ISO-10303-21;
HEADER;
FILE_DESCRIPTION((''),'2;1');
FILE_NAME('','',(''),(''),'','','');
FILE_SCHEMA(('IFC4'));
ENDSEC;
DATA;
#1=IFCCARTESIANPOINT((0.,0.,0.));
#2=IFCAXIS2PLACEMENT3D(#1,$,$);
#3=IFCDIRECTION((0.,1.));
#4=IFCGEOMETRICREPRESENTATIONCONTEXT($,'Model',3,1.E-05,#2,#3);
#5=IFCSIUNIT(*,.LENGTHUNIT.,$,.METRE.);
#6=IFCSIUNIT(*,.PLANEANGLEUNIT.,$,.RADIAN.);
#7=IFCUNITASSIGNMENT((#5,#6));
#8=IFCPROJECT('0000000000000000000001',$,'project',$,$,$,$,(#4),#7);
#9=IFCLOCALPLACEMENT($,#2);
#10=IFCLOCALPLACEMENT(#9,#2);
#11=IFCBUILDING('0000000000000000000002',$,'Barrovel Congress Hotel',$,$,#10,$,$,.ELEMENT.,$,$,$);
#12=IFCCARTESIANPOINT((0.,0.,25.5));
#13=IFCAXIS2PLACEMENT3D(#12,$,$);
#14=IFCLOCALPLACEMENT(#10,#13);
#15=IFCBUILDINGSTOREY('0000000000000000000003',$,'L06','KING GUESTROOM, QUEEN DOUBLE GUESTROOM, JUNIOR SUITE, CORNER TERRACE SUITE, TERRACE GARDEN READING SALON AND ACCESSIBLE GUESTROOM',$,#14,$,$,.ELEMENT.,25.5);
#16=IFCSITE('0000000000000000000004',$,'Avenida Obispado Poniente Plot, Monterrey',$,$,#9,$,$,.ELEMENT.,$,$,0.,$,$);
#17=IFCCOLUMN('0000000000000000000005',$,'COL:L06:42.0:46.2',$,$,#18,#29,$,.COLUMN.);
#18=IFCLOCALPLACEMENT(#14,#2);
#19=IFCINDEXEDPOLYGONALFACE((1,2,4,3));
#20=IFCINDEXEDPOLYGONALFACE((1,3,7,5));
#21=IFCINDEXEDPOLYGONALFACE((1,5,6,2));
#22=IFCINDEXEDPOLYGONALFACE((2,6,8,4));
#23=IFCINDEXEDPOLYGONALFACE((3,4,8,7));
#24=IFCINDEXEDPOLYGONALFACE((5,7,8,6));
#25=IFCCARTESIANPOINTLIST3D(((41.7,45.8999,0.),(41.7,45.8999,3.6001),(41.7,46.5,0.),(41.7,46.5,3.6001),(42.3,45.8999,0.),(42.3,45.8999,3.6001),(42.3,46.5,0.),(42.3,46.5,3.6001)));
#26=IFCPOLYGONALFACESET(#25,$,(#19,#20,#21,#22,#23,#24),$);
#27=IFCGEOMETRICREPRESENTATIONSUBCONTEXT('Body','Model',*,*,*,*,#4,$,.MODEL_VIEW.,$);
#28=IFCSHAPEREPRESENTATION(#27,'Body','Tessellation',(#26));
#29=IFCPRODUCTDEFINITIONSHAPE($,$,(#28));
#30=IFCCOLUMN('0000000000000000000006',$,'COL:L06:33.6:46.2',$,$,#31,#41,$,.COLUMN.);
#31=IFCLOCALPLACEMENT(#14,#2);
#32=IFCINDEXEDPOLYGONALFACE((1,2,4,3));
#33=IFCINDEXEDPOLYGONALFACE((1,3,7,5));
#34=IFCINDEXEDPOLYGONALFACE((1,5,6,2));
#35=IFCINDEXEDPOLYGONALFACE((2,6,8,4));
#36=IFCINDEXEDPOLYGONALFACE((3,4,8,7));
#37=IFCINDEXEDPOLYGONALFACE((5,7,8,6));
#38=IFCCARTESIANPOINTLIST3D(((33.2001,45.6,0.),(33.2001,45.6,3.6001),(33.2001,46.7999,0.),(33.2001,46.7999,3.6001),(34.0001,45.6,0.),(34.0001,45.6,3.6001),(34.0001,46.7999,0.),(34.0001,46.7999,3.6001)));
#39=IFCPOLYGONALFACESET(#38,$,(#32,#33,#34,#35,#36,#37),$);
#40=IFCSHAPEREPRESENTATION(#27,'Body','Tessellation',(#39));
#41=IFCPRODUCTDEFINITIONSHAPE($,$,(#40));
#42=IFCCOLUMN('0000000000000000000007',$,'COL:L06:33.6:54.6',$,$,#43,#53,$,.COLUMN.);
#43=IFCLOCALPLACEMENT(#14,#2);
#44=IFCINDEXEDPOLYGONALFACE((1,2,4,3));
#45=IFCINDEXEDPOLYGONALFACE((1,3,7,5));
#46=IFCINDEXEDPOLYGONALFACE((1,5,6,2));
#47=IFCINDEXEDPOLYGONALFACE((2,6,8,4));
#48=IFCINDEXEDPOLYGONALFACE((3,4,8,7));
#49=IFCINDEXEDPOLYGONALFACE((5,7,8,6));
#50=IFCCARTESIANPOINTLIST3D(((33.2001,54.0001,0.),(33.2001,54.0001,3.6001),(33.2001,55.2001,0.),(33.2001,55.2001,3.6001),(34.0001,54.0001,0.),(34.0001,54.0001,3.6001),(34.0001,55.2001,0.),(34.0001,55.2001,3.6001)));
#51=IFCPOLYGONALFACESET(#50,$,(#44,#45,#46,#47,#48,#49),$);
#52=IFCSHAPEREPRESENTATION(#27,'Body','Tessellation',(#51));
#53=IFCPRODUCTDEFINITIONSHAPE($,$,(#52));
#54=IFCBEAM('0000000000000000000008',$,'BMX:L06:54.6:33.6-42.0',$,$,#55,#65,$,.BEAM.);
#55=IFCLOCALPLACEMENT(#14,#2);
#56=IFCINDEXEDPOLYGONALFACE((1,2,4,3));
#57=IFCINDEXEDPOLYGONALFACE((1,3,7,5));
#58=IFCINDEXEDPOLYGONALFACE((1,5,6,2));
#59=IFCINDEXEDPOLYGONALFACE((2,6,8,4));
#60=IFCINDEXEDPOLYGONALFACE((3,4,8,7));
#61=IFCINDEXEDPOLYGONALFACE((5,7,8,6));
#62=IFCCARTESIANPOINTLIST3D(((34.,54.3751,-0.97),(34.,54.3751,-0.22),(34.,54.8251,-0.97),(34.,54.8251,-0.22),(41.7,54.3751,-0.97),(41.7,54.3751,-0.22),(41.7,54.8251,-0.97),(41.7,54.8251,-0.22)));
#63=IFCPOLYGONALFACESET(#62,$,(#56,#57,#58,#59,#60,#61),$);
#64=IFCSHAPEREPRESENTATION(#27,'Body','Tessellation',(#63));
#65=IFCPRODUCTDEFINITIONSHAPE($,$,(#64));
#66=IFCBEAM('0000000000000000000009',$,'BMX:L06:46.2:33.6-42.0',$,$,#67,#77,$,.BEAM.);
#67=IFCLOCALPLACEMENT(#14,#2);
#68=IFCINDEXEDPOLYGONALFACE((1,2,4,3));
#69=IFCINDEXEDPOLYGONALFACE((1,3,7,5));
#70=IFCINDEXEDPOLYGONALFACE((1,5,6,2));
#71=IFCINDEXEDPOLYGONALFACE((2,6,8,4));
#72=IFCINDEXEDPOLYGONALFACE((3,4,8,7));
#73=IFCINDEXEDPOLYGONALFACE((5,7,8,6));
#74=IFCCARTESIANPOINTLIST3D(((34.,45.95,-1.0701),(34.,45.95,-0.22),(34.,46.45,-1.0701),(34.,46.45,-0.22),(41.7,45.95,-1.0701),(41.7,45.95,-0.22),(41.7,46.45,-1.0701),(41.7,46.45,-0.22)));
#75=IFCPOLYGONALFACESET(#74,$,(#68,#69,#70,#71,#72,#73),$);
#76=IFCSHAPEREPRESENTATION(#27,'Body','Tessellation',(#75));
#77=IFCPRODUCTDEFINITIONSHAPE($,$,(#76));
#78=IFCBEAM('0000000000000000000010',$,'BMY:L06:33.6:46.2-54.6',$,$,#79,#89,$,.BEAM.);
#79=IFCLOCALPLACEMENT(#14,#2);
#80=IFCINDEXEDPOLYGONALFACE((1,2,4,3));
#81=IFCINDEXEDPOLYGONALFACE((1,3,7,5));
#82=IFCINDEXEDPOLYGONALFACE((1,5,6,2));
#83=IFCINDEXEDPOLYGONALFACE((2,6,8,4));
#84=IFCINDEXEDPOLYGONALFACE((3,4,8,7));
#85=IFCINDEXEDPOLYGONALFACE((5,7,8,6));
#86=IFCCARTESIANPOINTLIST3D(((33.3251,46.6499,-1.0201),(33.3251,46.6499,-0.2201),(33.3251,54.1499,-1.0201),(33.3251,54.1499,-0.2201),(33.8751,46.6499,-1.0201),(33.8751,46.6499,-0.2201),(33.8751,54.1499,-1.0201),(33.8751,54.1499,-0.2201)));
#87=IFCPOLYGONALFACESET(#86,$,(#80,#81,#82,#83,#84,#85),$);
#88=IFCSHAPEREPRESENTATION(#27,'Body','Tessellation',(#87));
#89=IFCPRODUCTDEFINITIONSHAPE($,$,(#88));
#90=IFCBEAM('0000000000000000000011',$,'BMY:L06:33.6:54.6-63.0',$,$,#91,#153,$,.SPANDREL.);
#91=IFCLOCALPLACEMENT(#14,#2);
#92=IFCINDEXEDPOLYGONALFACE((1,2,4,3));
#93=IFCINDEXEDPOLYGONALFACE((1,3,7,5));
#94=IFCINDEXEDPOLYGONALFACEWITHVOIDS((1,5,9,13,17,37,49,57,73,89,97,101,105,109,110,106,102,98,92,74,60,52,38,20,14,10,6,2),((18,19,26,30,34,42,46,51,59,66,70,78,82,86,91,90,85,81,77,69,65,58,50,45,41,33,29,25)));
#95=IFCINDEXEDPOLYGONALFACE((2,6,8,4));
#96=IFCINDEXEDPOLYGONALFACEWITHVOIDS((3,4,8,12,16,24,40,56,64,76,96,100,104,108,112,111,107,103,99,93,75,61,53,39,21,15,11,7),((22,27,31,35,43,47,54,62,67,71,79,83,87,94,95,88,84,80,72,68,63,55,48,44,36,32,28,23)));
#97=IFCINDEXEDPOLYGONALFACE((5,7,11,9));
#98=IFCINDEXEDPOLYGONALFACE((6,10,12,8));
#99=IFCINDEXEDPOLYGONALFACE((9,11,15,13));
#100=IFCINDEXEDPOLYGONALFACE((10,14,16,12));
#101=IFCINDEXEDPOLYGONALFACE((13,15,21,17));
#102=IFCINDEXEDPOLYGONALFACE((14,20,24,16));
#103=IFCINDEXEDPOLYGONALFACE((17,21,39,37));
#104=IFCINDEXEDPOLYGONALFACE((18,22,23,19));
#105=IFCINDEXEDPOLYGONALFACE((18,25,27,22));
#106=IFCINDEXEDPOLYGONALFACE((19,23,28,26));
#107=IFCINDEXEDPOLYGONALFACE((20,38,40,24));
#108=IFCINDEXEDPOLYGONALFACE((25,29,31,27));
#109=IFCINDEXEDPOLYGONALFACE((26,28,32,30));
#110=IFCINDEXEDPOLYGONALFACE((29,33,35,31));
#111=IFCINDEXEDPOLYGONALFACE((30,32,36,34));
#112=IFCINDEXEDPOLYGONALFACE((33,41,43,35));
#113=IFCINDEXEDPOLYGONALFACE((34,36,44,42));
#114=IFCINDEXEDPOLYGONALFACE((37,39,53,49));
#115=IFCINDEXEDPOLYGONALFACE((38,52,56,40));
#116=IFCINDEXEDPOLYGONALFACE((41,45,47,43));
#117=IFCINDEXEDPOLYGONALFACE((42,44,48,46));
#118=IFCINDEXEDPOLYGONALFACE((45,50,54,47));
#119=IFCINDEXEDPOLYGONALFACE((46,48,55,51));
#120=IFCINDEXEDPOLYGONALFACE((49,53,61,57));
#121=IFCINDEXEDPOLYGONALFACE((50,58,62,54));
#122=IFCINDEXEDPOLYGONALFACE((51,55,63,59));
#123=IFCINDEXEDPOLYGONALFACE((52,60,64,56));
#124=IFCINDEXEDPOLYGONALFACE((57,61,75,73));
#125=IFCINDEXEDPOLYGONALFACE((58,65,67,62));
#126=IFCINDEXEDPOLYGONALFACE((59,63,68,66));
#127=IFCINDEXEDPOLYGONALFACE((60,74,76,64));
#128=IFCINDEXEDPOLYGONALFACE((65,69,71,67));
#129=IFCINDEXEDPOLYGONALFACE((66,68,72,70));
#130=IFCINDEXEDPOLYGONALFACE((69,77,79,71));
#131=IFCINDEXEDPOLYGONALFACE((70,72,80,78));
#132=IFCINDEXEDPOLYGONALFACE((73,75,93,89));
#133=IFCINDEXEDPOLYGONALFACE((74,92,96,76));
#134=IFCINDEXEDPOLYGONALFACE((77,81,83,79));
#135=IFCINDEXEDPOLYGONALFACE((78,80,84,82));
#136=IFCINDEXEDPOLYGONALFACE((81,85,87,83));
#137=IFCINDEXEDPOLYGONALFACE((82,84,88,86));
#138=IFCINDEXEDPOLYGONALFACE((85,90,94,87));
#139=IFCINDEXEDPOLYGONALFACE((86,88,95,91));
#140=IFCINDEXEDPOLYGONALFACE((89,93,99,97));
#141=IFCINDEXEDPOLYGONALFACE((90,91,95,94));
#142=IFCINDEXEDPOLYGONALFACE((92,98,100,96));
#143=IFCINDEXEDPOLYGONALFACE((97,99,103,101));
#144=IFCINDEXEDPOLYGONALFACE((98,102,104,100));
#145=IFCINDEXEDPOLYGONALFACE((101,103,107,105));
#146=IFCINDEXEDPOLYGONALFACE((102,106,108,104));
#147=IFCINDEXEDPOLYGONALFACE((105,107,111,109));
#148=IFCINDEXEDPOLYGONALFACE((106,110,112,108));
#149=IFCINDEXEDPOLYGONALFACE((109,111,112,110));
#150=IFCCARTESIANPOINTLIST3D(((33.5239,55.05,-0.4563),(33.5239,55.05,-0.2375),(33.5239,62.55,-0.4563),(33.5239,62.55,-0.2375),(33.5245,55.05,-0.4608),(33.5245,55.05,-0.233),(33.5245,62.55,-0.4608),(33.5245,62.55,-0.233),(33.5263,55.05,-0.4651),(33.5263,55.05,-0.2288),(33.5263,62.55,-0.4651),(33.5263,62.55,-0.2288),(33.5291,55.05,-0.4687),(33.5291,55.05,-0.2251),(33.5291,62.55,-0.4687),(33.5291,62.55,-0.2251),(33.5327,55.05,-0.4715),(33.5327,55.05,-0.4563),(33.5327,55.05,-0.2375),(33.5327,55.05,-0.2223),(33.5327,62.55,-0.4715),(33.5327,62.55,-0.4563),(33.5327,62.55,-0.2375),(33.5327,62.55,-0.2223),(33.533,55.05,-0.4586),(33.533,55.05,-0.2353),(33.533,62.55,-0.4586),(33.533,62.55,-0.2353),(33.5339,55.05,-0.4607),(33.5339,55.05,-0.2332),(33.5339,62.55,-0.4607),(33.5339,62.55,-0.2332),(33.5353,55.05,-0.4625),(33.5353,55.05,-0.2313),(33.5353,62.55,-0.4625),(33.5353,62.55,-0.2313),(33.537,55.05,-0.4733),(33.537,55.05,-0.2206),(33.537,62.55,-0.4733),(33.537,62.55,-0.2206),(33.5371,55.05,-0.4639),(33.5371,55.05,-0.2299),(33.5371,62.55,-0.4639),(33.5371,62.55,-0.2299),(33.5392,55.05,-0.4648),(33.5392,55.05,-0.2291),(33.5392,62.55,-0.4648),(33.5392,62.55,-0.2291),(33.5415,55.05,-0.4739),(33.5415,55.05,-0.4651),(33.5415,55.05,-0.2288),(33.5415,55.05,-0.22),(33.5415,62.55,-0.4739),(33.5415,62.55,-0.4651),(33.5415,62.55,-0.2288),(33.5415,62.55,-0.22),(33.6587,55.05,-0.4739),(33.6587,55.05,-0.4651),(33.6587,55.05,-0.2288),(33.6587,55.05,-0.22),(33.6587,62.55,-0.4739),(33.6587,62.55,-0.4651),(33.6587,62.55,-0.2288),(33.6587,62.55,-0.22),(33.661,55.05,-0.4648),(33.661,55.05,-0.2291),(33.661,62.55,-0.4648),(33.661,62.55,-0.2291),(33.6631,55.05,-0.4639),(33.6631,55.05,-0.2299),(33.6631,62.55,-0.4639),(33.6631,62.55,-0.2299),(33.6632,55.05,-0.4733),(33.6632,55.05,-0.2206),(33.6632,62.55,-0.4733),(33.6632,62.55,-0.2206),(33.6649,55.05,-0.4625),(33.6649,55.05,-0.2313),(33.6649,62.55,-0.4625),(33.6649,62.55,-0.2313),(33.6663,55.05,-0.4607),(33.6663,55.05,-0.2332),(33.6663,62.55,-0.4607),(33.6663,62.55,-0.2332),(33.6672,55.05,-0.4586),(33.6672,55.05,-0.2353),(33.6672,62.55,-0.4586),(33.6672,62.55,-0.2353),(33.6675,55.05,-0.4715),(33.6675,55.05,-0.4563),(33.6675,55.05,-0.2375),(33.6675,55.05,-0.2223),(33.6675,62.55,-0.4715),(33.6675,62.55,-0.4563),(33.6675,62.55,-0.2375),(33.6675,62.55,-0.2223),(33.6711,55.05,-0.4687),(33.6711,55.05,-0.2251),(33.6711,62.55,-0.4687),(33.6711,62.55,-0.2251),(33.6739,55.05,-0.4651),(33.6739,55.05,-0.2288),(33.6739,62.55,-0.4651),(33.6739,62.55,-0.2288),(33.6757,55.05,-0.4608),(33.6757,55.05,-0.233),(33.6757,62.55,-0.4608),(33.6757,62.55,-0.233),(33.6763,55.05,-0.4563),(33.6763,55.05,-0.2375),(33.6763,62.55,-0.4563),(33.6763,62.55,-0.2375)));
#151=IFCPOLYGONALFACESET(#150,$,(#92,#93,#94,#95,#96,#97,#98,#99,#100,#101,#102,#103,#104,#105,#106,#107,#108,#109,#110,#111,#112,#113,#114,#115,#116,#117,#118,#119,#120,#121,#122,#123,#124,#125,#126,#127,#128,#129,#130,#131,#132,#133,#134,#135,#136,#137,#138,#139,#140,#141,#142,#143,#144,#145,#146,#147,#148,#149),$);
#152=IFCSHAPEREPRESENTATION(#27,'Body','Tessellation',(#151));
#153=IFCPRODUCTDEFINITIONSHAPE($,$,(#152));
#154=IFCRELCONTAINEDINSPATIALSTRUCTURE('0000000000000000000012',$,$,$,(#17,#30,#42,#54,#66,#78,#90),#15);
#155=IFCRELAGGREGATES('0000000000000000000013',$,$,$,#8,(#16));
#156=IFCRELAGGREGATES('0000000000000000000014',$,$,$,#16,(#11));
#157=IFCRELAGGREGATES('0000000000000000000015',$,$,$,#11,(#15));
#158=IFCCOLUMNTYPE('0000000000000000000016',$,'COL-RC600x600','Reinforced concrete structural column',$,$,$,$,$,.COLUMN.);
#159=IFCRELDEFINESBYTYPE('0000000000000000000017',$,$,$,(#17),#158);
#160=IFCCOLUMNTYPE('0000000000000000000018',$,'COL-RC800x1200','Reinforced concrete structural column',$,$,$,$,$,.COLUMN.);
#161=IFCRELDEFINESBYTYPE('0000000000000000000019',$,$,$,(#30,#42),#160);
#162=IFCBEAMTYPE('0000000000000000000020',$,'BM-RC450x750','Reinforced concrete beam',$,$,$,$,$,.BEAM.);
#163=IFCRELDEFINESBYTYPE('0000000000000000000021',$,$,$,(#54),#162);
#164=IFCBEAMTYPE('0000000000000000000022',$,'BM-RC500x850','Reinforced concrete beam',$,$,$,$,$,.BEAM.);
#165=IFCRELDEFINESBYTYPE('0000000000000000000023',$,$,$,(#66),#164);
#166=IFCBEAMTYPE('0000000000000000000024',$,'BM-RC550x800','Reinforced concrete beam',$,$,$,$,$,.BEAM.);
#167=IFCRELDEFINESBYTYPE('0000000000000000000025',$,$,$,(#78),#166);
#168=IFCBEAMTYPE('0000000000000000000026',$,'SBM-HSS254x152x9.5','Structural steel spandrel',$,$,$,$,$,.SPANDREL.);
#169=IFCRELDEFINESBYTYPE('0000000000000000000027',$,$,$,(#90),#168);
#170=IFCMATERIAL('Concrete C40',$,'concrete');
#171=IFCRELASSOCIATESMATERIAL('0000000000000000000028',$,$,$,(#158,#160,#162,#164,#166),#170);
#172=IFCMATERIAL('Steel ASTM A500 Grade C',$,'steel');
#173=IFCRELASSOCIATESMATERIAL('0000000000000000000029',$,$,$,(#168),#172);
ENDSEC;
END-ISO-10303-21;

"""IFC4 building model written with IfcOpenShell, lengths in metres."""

from ifc_helpers import new_model, si_unit, direction, frame, origin, origin_2d, place, context, subcontext, project, spatial, rectangle, hollow_rectangle, extrude, material, material_profile, profile_set, type_object, element, save


model = new_model("IFC4")

# Units and contexts
model_context = context("Model", 3, precision=1e-05, world=origin(), true_north=direction((0.0, 1.0)))
body_context = subcontext(model_context, "Body", "Model", "MODEL_VIEW")
ifc_project = project(units=[si_unit("LENGTHUNIT", "METRE"), si_unit("PLANEANGLEUNIT", "RADIAN")], contexts=[model_context])

# Site, building, storey
site_placement = place(None, origin())
site = spatial("IfcSite", under=ifc_project, at=site_placement, Name="Avenida Obispado Poniente Plot, Monterrey", CompositionType="ELEMENT", RefElevation=0.0)
building_placement = place(site_placement, origin())
building = spatial("IfcBuilding", under=site, at=building_placement, Name="Barrovel Congress Hotel", CompositionType="ELEMENT")
storey_placement = place(building_placement, frame((0.0, 0.0, 25.5)))
storey = spatial("IfcBuildingStorey", under=building, at=storey_placement, Name="L06", Description="KING GUESTROOM, QUEEN DOUBLE GUESTROOM, JUNIOR SUITE, CORNER TERRACE SUITE, TERRACE GARDEN READING SALON AND ACCESSIBLE GUESTROOM", CompositionType="ELEMENT", Elevation=25.5)

# Columns
ifc_material_1 = material(Name="Concrete C40", Category="concrete")
ifc_material_profile_1 = material_profile(ifc_material_1, rectangle(XDim=0.6001, YDim=0.6001, at=origin_2d()), Name="RC600x600")
ifc_profile_set_1 = profile_set([ifc_material_profile_1], Name="Concrete C40")
column_type_1 = type_object("IfcColumnType", Name="COL-RC600x600", Description="Reinforced concrete structural column", PredefinedType="COLUMN", material=ifc_profile_set_1)
column_placement = place(storey_placement, frame((42.0, 46.2, 0.0), z_axis=(0.0, 0.0, 1.0), x_axis=(1.0, 0.0, 0.0)))
element("IfcColumn", 1, at=column_placement, inside=storey, type_object=column_type_1, Name="COL:L06:42.0:46.2", PredefinedType="COLUMN", context=body_context, shape_type="SweptSolid", body=[
    extrude(rectangle(XDim=0.6001, YDim=0.6001, at=origin_2d()), origin(), (0.0, 0.0, 1.0), 3.6001),
])
ifc_material_profile_2 = material_profile(ifc_material_1, rectangle(XDim=0.8, YDim=1.2, at=origin_2d()), Name="RC800x1200")
ifc_profile_set_2 = profile_set([ifc_material_profile_2], Name="Concrete C40")
column_type_2 = type_object("IfcColumnType", Name="COL-RC800x1200", Description="Reinforced concrete structural column", PredefinedType="COLUMN", material=ifc_profile_set_2)
for number, where, z_axis, x_axis, name in (
    (2, (33.6001, 46.2, 0.0), (0.0, 0.0, 1.0), (1.0, 0.0, 0.0), "COL:L06:33.6:46.2"),
    (3, (33.6001, 54.6001, 0.0), (0.0, 0.0, 1.0), (1.0, 0.0, 0.0), "COL:L06:33.6:54.6"),
):
    element("IfcColumn", number, at=place(storey_placement, frame(where, z_axis=z_axis, x_axis=x_axis)), inside=storey, type_object=column_type_2, Name=name, PredefinedType="COLUMN", context=body_context, shape_type="SweptSolid", body=[
        extrude(rectangle(XDim=0.8, YDim=1.2, at=origin_2d()), origin(), (0.0, 0.0, 1.0), 3.6001),
    ])

# Beams
ifc_material_profile_3 = material_profile(ifc_material_1, rectangle(XDim=0.45, YDim=0.75, at=origin_2d()), Name="RC450x750")
ifc_profile_set_3 = profile_set([ifc_material_profile_3], Name="Concrete C40")
beam_type_1 = type_object("IfcBeamType", Name="BM-RC450x750", Description="Reinforced concrete beam", PredefinedType="BEAM", material=ifc_profile_set_3)
beam_1_placement = place(storey_placement, frame((34.0, 54.6001, -0.595), z_axis=(1.0, 0.0, 0.0), x_axis=(0.0, 1.0, 0.0)))
element("IfcBeam", 4, at=beam_1_placement, inside=storey, type_object=beam_type_1, Name="BMX:L06:54.6:33.6-42.0", PredefinedType="BEAM", context=body_context, shape_type="SweptSolid", body=[
    extrude(rectangle(XDim=0.45, YDim=0.75, at=origin_2d()), origin(), (0.0, 0.0, 1.0), 7.7),
])
ifc_material_profile_4 = material_profile(ifc_material_1, rectangle(XDim=0.5, YDim=0.8501, at=origin_2d()), Name="RC500x850")
ifc_profile_set_4 = profile_set([ifc_material_profile_4], Name="Concrete C40")
beam_type_2 = type_object("IfcBeamType", Name="BM-RC500x850", Description="Reinforced concrete beam", PredefinedType="BEAM", material=ifc_profile_set_4)
beam_2_placement = place(storey_placement, frame((34.0, 46.2, -0.645), z_axis=(1.0, 0.0, 0.0), x_axis=(0.0, 1.0, 0.0)))
element("IfcBeam", 5, at=beam_2_placement, inside=storey, type_object=beam_type_2, Name="BMX:L06:46.2:33.6-42.0", PredefinedType="BEAM", context=body_context, shape_type="SweptSolid", body=[
    extrude(rectangle(XDim=0.5, YDim=0.8501, at=origin_2d()), origin(), (0.0, 0.0, 1.0), 7.7),
])
ifc_material_profile_5 = material_profile(ifc_material_1, rectangle(XDim=0.55, YDim=0.8, at=origin_2d()), Name="RC550x800")
ifc_profile_set_5 = profile_set([ifc_material_profile_5], Name="Concrete C40")
beam_type_3 = type_object("IfcBeamType", Name="BM-RC550x800", Description="Reinforced concrete beam", PredefinedType="BEAM", material=ifc_profile_set_5)
beam_3_placement = place(storey_placement, frame((33.6001, 46.6499, -0.6201), z_axis=(0.0, 1.0, 0.0), x_axis=(-1.0, 0.0, 0.0)))
element("IfcBeam", 6, at=beam_3_placement, inside=storey, type_object=beam_type_3, Name="BMY:L06:33.6:46.2-54.6", PredefinedType="BEAM", context=body_context, shape_type="SweptSolid", body=[
    extrude(rectangle(XDim=0.55, YDim=0.8, at=origin_2d()), origin(), (0.0, 0.0, 1.0), 7.5),
])
ifc_material_2 = material(Name="Steel ASTM A500 Grade C", Category="steel")
ifc_material_profile_6 = material_profile(ifc_material_2, hollow_rectangle(XDim=0.1523, YDim=0.2539, WallThickness=0.0088, InnerFilletRadius=0.0088, OuterFilletRadius=0.0176, at=origin_2d()), Name="HSS254x152x9.5")
ifc_profile_set_6 = profile_set([ifc_material_profile_6], Name="Steel ASTM A500 Grade C")
beam_type_4 = type_object("IfcBeamType", Name="SBM-HSS254x152x9.5", Description="Structural steel spandrel", PredefinedType="SPANDREL", material=ifc_profile_set_6)
beam_4_placement = place(storey_placement, frame((33.6001, 55.05, -0.3469), z_axis=(0.0, 1.0, 0.0), x_axis=(-1.0, 0.0, 0.0)))
element("IfcBeam", 7, at=beam_4_placement, inside=storey, type_object=beam_type_4, Name="BMY:L06:33.6:54.6-63.0", PredefinedType="SPANDREL", context=body_context, shape_type="SweptSolid", body=[
    extrude(hollow_rectangle(XDim=0.1523, YDim=0.2539, WallThickness=0.0088, InnerFilletRadius=0.0088, OuterFilletRadius=0.0176, at=origin_2d()), origin(), (0.0, 0.0, 1.0), 7.5),
])

save(model, "model.ifc")
